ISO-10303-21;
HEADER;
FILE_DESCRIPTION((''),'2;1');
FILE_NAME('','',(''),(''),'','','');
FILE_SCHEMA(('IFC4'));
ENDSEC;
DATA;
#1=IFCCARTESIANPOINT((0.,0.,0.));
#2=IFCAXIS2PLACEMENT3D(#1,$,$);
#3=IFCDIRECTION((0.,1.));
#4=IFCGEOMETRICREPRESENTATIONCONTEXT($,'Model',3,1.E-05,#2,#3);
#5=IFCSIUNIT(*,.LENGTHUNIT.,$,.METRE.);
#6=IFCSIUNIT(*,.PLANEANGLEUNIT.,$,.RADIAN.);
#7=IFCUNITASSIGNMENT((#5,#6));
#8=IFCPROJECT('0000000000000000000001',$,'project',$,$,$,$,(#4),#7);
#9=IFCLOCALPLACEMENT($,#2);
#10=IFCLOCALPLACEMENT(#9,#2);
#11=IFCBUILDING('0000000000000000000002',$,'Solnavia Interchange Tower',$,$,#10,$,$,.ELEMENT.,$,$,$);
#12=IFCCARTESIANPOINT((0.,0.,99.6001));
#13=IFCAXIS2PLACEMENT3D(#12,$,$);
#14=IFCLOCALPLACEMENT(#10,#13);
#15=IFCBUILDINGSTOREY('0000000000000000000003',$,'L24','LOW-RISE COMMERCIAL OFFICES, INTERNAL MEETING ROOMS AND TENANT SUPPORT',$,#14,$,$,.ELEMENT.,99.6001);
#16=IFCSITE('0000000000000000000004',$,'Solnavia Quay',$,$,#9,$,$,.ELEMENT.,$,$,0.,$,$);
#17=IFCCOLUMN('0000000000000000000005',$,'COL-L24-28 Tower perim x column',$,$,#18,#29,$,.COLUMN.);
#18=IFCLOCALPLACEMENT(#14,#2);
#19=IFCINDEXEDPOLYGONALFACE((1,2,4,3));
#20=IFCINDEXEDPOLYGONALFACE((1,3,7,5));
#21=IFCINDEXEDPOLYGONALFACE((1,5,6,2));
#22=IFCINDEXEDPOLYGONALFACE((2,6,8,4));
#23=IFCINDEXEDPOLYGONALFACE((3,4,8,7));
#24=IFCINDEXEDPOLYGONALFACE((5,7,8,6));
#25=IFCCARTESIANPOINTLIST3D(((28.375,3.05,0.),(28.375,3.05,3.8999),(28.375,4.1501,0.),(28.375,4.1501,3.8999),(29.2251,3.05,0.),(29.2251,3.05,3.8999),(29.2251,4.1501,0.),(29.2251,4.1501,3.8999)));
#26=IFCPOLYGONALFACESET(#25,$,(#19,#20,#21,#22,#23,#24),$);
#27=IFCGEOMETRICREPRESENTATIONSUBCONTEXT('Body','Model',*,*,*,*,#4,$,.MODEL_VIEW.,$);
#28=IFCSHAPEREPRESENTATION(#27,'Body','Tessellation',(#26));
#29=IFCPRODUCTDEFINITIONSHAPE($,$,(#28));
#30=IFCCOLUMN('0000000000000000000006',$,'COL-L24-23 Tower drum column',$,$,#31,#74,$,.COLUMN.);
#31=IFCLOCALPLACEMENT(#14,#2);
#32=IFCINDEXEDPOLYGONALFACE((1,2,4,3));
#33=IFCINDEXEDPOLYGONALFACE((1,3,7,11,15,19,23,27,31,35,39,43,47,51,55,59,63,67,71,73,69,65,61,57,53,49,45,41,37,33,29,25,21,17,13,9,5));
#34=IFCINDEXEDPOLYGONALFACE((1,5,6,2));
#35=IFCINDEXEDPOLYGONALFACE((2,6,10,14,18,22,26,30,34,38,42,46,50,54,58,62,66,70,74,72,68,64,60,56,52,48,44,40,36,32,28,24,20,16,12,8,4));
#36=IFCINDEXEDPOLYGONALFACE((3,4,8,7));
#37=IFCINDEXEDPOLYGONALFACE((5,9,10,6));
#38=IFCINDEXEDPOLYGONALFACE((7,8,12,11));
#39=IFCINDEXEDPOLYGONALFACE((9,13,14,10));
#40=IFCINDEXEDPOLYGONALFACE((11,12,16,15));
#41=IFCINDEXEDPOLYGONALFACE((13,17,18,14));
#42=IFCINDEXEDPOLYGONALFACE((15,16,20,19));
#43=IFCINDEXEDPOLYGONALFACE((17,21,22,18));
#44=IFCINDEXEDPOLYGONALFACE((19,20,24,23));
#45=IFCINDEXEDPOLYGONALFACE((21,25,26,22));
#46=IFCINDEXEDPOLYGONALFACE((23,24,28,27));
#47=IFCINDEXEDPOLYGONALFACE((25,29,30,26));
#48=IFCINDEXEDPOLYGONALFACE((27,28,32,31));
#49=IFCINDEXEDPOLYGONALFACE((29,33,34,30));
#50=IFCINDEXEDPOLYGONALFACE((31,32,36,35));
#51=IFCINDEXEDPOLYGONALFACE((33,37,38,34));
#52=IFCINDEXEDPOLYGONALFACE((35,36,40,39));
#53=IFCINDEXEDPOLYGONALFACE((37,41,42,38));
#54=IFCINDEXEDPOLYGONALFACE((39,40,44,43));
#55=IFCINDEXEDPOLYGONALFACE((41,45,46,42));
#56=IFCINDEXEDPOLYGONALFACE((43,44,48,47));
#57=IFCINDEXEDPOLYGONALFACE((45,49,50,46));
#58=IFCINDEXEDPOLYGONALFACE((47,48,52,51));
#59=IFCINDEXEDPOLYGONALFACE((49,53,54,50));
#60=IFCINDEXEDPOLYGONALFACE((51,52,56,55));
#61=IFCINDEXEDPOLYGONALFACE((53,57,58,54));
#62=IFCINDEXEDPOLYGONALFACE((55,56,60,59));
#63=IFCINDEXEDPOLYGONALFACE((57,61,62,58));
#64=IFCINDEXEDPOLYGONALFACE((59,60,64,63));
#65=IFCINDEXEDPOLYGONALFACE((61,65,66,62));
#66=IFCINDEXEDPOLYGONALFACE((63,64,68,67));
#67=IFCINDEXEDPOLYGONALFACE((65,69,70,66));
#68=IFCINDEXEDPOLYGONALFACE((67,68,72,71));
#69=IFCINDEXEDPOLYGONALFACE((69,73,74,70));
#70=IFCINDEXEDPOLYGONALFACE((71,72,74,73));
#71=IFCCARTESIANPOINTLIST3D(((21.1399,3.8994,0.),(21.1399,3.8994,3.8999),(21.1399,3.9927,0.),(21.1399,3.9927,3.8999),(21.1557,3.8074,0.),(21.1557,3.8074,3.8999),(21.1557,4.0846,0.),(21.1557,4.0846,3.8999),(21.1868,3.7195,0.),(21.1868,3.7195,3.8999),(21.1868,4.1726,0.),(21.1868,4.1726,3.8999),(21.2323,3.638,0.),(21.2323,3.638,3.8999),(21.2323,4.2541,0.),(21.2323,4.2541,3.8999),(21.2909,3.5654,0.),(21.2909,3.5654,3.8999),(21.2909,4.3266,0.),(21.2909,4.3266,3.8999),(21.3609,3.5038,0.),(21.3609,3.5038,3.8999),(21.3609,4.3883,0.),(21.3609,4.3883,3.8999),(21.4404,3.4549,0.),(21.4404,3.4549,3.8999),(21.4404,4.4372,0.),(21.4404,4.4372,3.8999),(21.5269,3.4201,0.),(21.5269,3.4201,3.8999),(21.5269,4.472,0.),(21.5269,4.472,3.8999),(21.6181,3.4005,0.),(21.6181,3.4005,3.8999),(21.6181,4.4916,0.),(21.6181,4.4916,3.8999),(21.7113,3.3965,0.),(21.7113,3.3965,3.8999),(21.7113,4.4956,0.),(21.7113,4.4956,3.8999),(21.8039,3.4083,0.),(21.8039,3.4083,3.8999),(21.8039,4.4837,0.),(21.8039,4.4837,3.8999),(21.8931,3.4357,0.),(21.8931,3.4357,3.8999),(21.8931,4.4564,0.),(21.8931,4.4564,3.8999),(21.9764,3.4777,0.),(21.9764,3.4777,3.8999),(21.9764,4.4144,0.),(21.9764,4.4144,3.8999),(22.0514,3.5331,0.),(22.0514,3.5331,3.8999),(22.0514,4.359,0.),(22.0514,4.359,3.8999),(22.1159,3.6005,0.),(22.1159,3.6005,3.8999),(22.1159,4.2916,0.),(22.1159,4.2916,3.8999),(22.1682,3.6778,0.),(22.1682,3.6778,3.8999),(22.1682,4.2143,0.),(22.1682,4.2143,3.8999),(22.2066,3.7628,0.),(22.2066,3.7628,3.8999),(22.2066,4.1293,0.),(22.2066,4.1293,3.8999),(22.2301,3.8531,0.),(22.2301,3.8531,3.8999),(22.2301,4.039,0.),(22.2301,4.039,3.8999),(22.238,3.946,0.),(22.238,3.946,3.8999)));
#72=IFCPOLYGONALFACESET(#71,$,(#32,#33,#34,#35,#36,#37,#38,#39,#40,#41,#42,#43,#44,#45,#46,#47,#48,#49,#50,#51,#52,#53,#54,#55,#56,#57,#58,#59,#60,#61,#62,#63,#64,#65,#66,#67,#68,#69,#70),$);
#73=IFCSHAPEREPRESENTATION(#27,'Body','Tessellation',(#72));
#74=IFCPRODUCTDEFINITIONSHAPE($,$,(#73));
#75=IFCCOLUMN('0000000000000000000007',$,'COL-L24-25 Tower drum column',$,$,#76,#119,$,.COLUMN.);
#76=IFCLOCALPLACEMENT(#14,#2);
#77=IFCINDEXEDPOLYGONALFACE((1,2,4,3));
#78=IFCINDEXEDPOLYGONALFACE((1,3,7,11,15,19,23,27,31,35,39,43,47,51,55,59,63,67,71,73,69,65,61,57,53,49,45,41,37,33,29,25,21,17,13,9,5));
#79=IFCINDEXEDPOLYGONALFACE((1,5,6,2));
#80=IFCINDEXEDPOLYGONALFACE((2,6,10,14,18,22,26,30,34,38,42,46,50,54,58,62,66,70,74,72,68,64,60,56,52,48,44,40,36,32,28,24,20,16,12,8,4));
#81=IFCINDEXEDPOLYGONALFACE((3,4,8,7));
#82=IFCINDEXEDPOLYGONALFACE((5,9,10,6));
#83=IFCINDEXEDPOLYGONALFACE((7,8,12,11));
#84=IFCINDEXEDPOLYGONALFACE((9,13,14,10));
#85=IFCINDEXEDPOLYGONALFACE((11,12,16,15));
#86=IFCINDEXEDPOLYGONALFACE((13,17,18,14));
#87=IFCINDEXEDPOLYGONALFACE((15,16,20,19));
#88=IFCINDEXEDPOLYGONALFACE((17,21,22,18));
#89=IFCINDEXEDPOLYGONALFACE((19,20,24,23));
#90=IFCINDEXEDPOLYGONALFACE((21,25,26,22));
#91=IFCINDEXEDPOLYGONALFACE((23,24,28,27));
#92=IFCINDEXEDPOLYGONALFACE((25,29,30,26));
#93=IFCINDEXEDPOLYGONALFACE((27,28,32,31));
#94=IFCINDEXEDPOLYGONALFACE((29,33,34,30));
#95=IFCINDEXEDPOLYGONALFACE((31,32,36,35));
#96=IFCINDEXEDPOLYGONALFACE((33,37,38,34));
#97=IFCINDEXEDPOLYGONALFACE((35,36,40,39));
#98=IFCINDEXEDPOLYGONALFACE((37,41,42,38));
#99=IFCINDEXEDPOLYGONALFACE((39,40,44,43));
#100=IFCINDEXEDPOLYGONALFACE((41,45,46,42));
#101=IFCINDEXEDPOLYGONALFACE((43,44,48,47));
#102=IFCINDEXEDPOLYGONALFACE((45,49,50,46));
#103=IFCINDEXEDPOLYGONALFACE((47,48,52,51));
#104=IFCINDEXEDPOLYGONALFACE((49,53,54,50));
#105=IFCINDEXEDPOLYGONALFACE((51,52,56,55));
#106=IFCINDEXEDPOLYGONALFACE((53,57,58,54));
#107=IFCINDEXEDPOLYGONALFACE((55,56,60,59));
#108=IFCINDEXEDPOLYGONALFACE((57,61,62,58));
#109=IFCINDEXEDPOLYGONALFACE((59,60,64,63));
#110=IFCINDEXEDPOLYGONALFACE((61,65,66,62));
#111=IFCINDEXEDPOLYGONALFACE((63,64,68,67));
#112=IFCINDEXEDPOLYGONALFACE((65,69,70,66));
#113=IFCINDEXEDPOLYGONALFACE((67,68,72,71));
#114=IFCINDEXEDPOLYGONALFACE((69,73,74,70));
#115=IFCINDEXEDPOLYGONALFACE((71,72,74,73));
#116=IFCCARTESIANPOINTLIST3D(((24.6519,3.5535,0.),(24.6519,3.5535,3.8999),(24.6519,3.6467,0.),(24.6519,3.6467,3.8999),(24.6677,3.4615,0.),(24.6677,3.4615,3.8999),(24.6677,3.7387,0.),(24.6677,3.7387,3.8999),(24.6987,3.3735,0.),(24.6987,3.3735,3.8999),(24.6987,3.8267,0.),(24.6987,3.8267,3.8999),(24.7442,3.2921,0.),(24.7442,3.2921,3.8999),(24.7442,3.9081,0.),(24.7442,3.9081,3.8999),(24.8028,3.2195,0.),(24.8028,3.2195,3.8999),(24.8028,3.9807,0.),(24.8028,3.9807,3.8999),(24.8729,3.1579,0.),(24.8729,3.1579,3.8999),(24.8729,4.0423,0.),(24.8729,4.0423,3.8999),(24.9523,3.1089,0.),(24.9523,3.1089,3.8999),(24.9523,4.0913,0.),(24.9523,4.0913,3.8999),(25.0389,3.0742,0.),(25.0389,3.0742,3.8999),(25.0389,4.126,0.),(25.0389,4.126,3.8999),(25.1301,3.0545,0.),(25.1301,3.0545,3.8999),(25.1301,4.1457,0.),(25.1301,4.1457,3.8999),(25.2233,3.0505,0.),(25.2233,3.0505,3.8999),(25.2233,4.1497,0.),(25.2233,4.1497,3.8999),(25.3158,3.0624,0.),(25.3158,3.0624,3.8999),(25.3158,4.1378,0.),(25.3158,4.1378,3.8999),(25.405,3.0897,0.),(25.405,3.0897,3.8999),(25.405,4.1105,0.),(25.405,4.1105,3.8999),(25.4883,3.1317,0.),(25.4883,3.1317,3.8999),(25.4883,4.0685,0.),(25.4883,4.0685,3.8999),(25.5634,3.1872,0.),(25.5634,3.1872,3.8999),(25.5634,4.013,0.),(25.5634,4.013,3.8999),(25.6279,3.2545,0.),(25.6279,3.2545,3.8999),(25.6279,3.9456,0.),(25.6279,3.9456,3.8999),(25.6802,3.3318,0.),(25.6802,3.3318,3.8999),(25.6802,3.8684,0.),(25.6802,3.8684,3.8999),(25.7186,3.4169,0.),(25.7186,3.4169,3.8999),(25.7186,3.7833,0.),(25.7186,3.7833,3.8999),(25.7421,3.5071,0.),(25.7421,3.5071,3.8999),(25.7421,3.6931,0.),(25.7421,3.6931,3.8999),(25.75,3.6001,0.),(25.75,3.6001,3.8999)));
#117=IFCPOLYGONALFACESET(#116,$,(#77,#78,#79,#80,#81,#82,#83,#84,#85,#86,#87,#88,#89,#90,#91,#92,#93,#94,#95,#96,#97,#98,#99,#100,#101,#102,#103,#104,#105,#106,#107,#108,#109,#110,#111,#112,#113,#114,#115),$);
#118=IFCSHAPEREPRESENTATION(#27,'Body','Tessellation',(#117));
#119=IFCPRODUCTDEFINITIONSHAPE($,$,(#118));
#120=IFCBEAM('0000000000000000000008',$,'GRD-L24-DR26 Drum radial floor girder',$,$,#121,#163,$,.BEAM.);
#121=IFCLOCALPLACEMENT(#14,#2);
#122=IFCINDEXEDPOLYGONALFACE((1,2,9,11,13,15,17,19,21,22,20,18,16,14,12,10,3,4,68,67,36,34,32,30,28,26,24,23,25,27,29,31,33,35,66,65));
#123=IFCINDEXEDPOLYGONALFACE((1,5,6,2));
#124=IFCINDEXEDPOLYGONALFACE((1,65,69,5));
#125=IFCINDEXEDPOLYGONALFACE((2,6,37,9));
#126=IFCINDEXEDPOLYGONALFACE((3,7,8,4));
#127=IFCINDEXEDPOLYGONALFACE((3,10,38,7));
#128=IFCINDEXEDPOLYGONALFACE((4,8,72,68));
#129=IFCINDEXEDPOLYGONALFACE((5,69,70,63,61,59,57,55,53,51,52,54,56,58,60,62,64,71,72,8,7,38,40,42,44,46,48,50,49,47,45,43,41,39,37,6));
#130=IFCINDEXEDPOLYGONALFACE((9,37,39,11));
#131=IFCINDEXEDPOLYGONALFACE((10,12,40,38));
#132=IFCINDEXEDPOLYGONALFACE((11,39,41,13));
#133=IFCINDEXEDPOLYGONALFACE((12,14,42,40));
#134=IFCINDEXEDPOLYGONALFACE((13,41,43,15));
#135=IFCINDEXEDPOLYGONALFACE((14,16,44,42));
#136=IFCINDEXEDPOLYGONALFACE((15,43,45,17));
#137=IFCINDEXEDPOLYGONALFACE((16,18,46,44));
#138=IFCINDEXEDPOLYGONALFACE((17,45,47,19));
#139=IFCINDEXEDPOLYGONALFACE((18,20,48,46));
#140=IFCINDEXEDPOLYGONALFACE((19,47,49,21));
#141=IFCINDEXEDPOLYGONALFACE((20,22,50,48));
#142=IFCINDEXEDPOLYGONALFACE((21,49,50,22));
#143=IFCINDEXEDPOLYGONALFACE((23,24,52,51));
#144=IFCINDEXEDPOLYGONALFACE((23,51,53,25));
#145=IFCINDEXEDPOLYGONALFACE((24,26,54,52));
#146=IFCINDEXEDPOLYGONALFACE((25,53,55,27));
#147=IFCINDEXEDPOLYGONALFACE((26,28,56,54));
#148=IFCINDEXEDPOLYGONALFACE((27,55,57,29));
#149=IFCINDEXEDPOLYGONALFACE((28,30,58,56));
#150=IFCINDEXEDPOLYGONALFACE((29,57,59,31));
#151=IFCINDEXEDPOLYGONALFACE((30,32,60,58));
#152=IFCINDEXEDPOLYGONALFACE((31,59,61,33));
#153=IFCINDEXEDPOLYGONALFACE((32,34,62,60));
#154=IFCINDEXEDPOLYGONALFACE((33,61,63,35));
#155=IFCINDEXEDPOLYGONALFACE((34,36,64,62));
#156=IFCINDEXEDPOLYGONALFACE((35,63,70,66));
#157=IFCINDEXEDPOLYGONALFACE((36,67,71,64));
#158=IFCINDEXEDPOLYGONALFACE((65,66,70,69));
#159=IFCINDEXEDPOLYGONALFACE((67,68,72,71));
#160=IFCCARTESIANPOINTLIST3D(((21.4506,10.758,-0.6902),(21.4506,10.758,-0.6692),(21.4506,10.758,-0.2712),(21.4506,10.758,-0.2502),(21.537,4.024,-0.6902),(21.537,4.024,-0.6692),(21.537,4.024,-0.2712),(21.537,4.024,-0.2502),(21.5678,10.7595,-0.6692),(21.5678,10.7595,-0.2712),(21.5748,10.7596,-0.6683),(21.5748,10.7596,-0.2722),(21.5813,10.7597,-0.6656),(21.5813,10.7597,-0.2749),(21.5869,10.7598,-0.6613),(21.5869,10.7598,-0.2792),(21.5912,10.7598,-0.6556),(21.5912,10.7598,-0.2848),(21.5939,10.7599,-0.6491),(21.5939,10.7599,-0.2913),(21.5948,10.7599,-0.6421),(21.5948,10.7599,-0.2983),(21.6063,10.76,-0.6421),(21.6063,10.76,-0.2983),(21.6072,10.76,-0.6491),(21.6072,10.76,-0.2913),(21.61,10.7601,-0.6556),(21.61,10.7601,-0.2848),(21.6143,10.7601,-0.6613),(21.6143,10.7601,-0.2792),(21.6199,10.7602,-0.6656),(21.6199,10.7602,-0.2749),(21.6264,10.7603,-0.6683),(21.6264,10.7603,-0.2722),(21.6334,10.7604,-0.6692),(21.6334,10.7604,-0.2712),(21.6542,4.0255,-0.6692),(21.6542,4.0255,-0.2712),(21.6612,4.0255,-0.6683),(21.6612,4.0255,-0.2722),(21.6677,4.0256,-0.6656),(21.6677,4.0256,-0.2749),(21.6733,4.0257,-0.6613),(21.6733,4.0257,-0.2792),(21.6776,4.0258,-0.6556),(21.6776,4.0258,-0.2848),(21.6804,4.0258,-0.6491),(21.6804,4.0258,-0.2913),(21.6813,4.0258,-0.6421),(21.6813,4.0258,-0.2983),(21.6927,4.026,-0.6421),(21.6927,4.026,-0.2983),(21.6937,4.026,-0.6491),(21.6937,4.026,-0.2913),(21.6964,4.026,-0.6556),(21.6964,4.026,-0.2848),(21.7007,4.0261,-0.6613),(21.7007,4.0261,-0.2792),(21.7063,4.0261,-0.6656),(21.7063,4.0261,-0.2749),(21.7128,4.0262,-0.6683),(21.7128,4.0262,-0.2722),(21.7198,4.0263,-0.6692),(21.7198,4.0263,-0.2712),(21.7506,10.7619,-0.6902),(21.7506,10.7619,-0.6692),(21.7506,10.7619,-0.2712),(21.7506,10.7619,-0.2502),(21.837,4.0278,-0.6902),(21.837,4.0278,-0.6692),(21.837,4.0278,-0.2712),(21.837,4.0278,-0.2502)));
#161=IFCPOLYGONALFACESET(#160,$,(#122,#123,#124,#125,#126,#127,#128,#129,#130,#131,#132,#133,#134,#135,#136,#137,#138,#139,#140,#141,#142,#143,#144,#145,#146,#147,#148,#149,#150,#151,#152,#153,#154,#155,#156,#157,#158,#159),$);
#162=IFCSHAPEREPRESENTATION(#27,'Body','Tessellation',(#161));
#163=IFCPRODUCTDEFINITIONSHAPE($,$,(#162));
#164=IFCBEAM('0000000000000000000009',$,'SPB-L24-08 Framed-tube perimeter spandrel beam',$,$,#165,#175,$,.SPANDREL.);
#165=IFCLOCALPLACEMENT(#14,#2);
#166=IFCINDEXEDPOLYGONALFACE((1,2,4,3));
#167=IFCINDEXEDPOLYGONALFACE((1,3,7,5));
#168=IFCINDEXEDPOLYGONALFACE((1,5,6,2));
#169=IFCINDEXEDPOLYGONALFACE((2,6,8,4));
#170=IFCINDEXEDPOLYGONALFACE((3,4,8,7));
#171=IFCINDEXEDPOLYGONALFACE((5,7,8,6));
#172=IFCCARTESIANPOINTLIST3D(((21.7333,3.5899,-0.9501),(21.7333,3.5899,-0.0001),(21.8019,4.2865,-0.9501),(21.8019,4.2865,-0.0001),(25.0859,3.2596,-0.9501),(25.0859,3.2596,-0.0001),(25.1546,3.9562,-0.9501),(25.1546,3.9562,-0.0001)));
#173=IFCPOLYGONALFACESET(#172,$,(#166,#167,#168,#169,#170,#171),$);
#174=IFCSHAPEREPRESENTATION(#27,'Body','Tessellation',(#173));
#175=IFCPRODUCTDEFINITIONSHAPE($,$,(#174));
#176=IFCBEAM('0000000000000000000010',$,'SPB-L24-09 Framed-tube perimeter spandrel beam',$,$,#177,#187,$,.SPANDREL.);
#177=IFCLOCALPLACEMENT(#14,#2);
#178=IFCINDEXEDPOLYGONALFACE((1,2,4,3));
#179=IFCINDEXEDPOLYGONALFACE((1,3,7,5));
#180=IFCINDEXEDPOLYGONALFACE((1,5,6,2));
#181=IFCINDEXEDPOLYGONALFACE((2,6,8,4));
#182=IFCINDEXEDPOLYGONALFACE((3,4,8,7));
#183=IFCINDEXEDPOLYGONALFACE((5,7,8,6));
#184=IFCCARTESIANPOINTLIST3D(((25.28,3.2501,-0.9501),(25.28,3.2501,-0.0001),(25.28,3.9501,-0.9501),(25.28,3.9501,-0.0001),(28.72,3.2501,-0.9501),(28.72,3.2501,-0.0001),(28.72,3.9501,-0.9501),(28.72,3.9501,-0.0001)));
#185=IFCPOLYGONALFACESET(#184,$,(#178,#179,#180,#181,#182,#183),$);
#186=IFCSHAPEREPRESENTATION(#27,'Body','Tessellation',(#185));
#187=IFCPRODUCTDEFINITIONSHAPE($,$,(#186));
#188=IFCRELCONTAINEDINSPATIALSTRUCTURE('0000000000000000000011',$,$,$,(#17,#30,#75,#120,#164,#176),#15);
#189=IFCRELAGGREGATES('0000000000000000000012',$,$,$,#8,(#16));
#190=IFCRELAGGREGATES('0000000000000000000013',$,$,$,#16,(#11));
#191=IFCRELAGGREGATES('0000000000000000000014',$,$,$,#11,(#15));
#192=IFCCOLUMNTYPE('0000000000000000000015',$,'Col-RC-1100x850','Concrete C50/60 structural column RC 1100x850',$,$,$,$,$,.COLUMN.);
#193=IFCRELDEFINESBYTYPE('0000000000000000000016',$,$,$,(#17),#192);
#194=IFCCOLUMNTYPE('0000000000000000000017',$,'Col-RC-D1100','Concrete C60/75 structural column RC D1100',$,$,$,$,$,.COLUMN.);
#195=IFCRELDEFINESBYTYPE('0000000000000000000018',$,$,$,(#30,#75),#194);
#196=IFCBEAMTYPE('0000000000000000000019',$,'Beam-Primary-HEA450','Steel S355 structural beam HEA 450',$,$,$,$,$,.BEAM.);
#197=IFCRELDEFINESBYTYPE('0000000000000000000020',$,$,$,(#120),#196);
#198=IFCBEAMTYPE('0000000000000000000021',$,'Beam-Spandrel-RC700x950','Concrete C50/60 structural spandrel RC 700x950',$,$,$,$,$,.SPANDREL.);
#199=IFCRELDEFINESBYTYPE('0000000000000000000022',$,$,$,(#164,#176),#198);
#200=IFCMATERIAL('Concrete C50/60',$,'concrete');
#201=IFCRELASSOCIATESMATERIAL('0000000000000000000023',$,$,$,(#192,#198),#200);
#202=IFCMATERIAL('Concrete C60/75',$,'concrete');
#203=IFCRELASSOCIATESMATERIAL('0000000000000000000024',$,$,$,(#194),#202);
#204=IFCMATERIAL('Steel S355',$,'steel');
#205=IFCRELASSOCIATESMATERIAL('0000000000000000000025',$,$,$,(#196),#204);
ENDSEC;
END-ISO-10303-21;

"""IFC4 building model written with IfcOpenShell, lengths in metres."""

from ifc_helpers import new_model, si_unit, direction, frame, origin, origin_2d, place, context, subcontext, project, spatial, rectangle, circle, i_section, extrude, material, material_profile, profile_set, type_object, element, save


model = new_model("IFC4")

# Units and contexts
model_context = context("Model", 3, precision=1e-05, world=origin(), true_north=direction((0.0, 1.0)))
body_context = subcontext(model_context, "Body", "Model", "MODEL_VIEW")
ifc_project = project(units=[si_unit("LENGTHUNIT", "METRE"), si_unit("PLANEANGLEUNIT", "RADIAN")], contexts=[model_context])

# Site, building, storey
site_placement = place(None, origin())
site = spatial("IfcSite", under=ifc_project, at=site_placement, Name="Solnavia Quay", CompositionType="ELEMENT", RefElevation=0.0)
building_placement = place(site_placement, origin())
building = spatial("IfcBuilding", under=site, at=building_placement, Name="Solnavia Interchange Tower", CompositionType="ELEMENT")
storey_placement = place(building_placement, frame((0.0, 0.0, 99.6001)))
storey = spatial("IfcBuildingStorey", under=building, at=storey_placement, Name="L24", Description="LOW-RISE COMMERCIAL OFFICES, INTERNAL MEETING ROOMS AND TENANT SUPPORT", CompositionType="ELEMENT", Elevation=99.6001)

# Columns
ifc_material_1 = material(Name="Concrete C50/60", Category="concrete")
ifc_material_profile_1 = material_profile(ifc_material_1, rectangle(XDim=0.8501, YDim=1.1001, at=origin_2d()), Name="RC 1100x850")
ifc_profile_set_1 = profile_set([ifc_material_profile_1], Name="Concrete C50/60")
column_type_1 = type_object("IfcColumnType", Name="Col-RC-1100x850", Description="Concrete C50/60 structural column RC 1100x850", PredefinedType="COLUMN", material=ifc_profile_set_1)
column_placement = place(storey_placement, frame((28.8, 3.6001, 0.0), z_axis=(0.0, 0.0, 1.0), x_axis=(1.0, 0.0, 0.0)))
element("IfcColumn", 1, at=column_placement, inside=storey, type_object=column_type_1, Name="COL-L24-28 Tower perim x column", PredefinedType="COLUMN", context=body_context, shape_type="SweptSolid", body=[
    extrude(rectangle(XDim=0.8501, YDim=1.1001, at=origin_2d()), origin(), (0.0, 0.0, 1.0), 3.8999),
])
ifc_material_2 = material(Name="Concrete C60/75", Category="concrete")
ifc_material_profile_2 = material_profile(ifc_material_2, circle(Radius=0.55, at=origin_2d()), Name="RC D1100")
ifc_profile_set_2 = profile_set([ifc_material_profile_2], Name="Concrete C60/75")
column_type_2 = type_object("IfcColumnType", Name="Col-RC-D1100", Description="Concrete C60/75 structural column RC D1100", PredefinedType="COLUMN", material=ifc_profile_set_2)
for number, where, z_axis, x_axis, name in (
    (2, (21.688, 3.946, 0.0), (0.0, 0.0, 1.0), (1.0, 0.0, 0.0), "COL-L24-23 Tower drum column"),
    (3, (25.2, 3.6001, 0.0), (0.0, 0.0, 1.0), (1.0, 0.0, 0.0), "COL-L24-25 Tower drum column"),
):
    element("IfcColumn", number, at=place(storey_placement, frame(where, z_axis=z_axis, x_axis=x_axis)), inside=storey, type_object=column_type_2, Name=name, PredefinedType="COLUMN", context=body_context, shape_type="SweptSolid", body=[
        extrude(circle(Radius=0.55, at=origin_2d()), origin(), (0.0, 0.0, 1.0), 3.8999),
    ])

# Beams
ifc_material_3 = material(Name="Steel S355", Category="steel")
ifc_material_profile_3 = material_profile(ifc_material_3, i_section(OverallWidth=0.3, OverallDepth=0.4399, WebThickness=0.0115, FlangeThickness=0.021, FilletRadius=0.0271, at=origin_2d()), Name="HEA 450")
ifc_profile_set_3 = profile_set([ifc_material_profile_3], Name="Steel S355")
beam_type_1 = type_object("IfcBeamType", Name="Beam-Primary-HEA450", Description="Steel S355 structural beam HEA 450", PredefinedType="BEAM", material=ifc_profile_set_3)
beam_1_placement = place(storey_placement, frame((21.687, 4.0259, -0.4702), z_axis=(-0.012833, 0.999918, 0.0), x_axis=(-0.999918, -0.012833, 0.0)))
element("IfcBeam", 4, at=beam_1_placement, inside=storey, type_object=beam_type_1, Name="GRD-L24-DR26 Drum radial floor girder", PredefinedType="BEAM", context=body_context, shape_type="SweptSolid", body=[
    extrude(i_section(OverallWidth=0.3, OverallDepth=0.4399, WebThickness=0.0115, FlangeThickness=0.021, FilletRadius=0.0271, at=origin_2d()), origin(), (0.0, 0.0, 1.0), 6.7346),
])
ifc_material_profile_4 = material_profile(ifc_material_1, rectangle(XDim=0.7, YDim=0.95, at=origin_2d()), Name="RC 700x950")
ifc_profile_set_4 = profile_set([ifc_material_profile_4], Name="Concrete C50/60")
beam_type_2 = type_object("IfcBeamType", Name="Beam-Spandrel-RC700x950", Description="Concrete C50/60 structural spandrel RC 700x950", PredefinedType="SPANDREL", material=ifc_profile_set_4)
beam_2_placement = place(storey_placement, frame((21.7676, 3.9382, -0.4751), z_axis=(0.995182, -0.098047, 0.0), x_axis=(0.098047, 0.995182, 0.0)))
element("IfcBeam", 5, at=beam_2_placement, inside=storey, type_object=beam_type_2, Name="SPB-L24-08 Framed-tube perimeter spandrel beam", PredefinedType="SPANDREL", context=body_context, shape_type="SweptSolid", body=[
    extrude(rectangle(XDim=0.7, YDim=0.95, at=origin_2d()), origin(), (0.0, 0.0, 1.0), 3.3689),
])
beam_3_placement = place(storey_placement, frame((25.28, 3.6001, -0.4751), z_axis=(1.0, 0.0, 0.0), x_axis=(0.0, 1.0, 0.0)))
element("IfcBeam", 6, at=beam_3_placement, inside=storey, type_object=beam_type_2, Name="SPB-L24-09 Framed-tube perimeter spandrel beam", PredefinedType="SPANDREL", context=body_context, shape_type="SweptSolid", body=[
    extrude(rectangle(XDim=0.7, YDim=0.95, at=origin_2d()), origin(), (0.0, 0.0, 1.0), 3.4399),
])

save(model, "model.ifc")
